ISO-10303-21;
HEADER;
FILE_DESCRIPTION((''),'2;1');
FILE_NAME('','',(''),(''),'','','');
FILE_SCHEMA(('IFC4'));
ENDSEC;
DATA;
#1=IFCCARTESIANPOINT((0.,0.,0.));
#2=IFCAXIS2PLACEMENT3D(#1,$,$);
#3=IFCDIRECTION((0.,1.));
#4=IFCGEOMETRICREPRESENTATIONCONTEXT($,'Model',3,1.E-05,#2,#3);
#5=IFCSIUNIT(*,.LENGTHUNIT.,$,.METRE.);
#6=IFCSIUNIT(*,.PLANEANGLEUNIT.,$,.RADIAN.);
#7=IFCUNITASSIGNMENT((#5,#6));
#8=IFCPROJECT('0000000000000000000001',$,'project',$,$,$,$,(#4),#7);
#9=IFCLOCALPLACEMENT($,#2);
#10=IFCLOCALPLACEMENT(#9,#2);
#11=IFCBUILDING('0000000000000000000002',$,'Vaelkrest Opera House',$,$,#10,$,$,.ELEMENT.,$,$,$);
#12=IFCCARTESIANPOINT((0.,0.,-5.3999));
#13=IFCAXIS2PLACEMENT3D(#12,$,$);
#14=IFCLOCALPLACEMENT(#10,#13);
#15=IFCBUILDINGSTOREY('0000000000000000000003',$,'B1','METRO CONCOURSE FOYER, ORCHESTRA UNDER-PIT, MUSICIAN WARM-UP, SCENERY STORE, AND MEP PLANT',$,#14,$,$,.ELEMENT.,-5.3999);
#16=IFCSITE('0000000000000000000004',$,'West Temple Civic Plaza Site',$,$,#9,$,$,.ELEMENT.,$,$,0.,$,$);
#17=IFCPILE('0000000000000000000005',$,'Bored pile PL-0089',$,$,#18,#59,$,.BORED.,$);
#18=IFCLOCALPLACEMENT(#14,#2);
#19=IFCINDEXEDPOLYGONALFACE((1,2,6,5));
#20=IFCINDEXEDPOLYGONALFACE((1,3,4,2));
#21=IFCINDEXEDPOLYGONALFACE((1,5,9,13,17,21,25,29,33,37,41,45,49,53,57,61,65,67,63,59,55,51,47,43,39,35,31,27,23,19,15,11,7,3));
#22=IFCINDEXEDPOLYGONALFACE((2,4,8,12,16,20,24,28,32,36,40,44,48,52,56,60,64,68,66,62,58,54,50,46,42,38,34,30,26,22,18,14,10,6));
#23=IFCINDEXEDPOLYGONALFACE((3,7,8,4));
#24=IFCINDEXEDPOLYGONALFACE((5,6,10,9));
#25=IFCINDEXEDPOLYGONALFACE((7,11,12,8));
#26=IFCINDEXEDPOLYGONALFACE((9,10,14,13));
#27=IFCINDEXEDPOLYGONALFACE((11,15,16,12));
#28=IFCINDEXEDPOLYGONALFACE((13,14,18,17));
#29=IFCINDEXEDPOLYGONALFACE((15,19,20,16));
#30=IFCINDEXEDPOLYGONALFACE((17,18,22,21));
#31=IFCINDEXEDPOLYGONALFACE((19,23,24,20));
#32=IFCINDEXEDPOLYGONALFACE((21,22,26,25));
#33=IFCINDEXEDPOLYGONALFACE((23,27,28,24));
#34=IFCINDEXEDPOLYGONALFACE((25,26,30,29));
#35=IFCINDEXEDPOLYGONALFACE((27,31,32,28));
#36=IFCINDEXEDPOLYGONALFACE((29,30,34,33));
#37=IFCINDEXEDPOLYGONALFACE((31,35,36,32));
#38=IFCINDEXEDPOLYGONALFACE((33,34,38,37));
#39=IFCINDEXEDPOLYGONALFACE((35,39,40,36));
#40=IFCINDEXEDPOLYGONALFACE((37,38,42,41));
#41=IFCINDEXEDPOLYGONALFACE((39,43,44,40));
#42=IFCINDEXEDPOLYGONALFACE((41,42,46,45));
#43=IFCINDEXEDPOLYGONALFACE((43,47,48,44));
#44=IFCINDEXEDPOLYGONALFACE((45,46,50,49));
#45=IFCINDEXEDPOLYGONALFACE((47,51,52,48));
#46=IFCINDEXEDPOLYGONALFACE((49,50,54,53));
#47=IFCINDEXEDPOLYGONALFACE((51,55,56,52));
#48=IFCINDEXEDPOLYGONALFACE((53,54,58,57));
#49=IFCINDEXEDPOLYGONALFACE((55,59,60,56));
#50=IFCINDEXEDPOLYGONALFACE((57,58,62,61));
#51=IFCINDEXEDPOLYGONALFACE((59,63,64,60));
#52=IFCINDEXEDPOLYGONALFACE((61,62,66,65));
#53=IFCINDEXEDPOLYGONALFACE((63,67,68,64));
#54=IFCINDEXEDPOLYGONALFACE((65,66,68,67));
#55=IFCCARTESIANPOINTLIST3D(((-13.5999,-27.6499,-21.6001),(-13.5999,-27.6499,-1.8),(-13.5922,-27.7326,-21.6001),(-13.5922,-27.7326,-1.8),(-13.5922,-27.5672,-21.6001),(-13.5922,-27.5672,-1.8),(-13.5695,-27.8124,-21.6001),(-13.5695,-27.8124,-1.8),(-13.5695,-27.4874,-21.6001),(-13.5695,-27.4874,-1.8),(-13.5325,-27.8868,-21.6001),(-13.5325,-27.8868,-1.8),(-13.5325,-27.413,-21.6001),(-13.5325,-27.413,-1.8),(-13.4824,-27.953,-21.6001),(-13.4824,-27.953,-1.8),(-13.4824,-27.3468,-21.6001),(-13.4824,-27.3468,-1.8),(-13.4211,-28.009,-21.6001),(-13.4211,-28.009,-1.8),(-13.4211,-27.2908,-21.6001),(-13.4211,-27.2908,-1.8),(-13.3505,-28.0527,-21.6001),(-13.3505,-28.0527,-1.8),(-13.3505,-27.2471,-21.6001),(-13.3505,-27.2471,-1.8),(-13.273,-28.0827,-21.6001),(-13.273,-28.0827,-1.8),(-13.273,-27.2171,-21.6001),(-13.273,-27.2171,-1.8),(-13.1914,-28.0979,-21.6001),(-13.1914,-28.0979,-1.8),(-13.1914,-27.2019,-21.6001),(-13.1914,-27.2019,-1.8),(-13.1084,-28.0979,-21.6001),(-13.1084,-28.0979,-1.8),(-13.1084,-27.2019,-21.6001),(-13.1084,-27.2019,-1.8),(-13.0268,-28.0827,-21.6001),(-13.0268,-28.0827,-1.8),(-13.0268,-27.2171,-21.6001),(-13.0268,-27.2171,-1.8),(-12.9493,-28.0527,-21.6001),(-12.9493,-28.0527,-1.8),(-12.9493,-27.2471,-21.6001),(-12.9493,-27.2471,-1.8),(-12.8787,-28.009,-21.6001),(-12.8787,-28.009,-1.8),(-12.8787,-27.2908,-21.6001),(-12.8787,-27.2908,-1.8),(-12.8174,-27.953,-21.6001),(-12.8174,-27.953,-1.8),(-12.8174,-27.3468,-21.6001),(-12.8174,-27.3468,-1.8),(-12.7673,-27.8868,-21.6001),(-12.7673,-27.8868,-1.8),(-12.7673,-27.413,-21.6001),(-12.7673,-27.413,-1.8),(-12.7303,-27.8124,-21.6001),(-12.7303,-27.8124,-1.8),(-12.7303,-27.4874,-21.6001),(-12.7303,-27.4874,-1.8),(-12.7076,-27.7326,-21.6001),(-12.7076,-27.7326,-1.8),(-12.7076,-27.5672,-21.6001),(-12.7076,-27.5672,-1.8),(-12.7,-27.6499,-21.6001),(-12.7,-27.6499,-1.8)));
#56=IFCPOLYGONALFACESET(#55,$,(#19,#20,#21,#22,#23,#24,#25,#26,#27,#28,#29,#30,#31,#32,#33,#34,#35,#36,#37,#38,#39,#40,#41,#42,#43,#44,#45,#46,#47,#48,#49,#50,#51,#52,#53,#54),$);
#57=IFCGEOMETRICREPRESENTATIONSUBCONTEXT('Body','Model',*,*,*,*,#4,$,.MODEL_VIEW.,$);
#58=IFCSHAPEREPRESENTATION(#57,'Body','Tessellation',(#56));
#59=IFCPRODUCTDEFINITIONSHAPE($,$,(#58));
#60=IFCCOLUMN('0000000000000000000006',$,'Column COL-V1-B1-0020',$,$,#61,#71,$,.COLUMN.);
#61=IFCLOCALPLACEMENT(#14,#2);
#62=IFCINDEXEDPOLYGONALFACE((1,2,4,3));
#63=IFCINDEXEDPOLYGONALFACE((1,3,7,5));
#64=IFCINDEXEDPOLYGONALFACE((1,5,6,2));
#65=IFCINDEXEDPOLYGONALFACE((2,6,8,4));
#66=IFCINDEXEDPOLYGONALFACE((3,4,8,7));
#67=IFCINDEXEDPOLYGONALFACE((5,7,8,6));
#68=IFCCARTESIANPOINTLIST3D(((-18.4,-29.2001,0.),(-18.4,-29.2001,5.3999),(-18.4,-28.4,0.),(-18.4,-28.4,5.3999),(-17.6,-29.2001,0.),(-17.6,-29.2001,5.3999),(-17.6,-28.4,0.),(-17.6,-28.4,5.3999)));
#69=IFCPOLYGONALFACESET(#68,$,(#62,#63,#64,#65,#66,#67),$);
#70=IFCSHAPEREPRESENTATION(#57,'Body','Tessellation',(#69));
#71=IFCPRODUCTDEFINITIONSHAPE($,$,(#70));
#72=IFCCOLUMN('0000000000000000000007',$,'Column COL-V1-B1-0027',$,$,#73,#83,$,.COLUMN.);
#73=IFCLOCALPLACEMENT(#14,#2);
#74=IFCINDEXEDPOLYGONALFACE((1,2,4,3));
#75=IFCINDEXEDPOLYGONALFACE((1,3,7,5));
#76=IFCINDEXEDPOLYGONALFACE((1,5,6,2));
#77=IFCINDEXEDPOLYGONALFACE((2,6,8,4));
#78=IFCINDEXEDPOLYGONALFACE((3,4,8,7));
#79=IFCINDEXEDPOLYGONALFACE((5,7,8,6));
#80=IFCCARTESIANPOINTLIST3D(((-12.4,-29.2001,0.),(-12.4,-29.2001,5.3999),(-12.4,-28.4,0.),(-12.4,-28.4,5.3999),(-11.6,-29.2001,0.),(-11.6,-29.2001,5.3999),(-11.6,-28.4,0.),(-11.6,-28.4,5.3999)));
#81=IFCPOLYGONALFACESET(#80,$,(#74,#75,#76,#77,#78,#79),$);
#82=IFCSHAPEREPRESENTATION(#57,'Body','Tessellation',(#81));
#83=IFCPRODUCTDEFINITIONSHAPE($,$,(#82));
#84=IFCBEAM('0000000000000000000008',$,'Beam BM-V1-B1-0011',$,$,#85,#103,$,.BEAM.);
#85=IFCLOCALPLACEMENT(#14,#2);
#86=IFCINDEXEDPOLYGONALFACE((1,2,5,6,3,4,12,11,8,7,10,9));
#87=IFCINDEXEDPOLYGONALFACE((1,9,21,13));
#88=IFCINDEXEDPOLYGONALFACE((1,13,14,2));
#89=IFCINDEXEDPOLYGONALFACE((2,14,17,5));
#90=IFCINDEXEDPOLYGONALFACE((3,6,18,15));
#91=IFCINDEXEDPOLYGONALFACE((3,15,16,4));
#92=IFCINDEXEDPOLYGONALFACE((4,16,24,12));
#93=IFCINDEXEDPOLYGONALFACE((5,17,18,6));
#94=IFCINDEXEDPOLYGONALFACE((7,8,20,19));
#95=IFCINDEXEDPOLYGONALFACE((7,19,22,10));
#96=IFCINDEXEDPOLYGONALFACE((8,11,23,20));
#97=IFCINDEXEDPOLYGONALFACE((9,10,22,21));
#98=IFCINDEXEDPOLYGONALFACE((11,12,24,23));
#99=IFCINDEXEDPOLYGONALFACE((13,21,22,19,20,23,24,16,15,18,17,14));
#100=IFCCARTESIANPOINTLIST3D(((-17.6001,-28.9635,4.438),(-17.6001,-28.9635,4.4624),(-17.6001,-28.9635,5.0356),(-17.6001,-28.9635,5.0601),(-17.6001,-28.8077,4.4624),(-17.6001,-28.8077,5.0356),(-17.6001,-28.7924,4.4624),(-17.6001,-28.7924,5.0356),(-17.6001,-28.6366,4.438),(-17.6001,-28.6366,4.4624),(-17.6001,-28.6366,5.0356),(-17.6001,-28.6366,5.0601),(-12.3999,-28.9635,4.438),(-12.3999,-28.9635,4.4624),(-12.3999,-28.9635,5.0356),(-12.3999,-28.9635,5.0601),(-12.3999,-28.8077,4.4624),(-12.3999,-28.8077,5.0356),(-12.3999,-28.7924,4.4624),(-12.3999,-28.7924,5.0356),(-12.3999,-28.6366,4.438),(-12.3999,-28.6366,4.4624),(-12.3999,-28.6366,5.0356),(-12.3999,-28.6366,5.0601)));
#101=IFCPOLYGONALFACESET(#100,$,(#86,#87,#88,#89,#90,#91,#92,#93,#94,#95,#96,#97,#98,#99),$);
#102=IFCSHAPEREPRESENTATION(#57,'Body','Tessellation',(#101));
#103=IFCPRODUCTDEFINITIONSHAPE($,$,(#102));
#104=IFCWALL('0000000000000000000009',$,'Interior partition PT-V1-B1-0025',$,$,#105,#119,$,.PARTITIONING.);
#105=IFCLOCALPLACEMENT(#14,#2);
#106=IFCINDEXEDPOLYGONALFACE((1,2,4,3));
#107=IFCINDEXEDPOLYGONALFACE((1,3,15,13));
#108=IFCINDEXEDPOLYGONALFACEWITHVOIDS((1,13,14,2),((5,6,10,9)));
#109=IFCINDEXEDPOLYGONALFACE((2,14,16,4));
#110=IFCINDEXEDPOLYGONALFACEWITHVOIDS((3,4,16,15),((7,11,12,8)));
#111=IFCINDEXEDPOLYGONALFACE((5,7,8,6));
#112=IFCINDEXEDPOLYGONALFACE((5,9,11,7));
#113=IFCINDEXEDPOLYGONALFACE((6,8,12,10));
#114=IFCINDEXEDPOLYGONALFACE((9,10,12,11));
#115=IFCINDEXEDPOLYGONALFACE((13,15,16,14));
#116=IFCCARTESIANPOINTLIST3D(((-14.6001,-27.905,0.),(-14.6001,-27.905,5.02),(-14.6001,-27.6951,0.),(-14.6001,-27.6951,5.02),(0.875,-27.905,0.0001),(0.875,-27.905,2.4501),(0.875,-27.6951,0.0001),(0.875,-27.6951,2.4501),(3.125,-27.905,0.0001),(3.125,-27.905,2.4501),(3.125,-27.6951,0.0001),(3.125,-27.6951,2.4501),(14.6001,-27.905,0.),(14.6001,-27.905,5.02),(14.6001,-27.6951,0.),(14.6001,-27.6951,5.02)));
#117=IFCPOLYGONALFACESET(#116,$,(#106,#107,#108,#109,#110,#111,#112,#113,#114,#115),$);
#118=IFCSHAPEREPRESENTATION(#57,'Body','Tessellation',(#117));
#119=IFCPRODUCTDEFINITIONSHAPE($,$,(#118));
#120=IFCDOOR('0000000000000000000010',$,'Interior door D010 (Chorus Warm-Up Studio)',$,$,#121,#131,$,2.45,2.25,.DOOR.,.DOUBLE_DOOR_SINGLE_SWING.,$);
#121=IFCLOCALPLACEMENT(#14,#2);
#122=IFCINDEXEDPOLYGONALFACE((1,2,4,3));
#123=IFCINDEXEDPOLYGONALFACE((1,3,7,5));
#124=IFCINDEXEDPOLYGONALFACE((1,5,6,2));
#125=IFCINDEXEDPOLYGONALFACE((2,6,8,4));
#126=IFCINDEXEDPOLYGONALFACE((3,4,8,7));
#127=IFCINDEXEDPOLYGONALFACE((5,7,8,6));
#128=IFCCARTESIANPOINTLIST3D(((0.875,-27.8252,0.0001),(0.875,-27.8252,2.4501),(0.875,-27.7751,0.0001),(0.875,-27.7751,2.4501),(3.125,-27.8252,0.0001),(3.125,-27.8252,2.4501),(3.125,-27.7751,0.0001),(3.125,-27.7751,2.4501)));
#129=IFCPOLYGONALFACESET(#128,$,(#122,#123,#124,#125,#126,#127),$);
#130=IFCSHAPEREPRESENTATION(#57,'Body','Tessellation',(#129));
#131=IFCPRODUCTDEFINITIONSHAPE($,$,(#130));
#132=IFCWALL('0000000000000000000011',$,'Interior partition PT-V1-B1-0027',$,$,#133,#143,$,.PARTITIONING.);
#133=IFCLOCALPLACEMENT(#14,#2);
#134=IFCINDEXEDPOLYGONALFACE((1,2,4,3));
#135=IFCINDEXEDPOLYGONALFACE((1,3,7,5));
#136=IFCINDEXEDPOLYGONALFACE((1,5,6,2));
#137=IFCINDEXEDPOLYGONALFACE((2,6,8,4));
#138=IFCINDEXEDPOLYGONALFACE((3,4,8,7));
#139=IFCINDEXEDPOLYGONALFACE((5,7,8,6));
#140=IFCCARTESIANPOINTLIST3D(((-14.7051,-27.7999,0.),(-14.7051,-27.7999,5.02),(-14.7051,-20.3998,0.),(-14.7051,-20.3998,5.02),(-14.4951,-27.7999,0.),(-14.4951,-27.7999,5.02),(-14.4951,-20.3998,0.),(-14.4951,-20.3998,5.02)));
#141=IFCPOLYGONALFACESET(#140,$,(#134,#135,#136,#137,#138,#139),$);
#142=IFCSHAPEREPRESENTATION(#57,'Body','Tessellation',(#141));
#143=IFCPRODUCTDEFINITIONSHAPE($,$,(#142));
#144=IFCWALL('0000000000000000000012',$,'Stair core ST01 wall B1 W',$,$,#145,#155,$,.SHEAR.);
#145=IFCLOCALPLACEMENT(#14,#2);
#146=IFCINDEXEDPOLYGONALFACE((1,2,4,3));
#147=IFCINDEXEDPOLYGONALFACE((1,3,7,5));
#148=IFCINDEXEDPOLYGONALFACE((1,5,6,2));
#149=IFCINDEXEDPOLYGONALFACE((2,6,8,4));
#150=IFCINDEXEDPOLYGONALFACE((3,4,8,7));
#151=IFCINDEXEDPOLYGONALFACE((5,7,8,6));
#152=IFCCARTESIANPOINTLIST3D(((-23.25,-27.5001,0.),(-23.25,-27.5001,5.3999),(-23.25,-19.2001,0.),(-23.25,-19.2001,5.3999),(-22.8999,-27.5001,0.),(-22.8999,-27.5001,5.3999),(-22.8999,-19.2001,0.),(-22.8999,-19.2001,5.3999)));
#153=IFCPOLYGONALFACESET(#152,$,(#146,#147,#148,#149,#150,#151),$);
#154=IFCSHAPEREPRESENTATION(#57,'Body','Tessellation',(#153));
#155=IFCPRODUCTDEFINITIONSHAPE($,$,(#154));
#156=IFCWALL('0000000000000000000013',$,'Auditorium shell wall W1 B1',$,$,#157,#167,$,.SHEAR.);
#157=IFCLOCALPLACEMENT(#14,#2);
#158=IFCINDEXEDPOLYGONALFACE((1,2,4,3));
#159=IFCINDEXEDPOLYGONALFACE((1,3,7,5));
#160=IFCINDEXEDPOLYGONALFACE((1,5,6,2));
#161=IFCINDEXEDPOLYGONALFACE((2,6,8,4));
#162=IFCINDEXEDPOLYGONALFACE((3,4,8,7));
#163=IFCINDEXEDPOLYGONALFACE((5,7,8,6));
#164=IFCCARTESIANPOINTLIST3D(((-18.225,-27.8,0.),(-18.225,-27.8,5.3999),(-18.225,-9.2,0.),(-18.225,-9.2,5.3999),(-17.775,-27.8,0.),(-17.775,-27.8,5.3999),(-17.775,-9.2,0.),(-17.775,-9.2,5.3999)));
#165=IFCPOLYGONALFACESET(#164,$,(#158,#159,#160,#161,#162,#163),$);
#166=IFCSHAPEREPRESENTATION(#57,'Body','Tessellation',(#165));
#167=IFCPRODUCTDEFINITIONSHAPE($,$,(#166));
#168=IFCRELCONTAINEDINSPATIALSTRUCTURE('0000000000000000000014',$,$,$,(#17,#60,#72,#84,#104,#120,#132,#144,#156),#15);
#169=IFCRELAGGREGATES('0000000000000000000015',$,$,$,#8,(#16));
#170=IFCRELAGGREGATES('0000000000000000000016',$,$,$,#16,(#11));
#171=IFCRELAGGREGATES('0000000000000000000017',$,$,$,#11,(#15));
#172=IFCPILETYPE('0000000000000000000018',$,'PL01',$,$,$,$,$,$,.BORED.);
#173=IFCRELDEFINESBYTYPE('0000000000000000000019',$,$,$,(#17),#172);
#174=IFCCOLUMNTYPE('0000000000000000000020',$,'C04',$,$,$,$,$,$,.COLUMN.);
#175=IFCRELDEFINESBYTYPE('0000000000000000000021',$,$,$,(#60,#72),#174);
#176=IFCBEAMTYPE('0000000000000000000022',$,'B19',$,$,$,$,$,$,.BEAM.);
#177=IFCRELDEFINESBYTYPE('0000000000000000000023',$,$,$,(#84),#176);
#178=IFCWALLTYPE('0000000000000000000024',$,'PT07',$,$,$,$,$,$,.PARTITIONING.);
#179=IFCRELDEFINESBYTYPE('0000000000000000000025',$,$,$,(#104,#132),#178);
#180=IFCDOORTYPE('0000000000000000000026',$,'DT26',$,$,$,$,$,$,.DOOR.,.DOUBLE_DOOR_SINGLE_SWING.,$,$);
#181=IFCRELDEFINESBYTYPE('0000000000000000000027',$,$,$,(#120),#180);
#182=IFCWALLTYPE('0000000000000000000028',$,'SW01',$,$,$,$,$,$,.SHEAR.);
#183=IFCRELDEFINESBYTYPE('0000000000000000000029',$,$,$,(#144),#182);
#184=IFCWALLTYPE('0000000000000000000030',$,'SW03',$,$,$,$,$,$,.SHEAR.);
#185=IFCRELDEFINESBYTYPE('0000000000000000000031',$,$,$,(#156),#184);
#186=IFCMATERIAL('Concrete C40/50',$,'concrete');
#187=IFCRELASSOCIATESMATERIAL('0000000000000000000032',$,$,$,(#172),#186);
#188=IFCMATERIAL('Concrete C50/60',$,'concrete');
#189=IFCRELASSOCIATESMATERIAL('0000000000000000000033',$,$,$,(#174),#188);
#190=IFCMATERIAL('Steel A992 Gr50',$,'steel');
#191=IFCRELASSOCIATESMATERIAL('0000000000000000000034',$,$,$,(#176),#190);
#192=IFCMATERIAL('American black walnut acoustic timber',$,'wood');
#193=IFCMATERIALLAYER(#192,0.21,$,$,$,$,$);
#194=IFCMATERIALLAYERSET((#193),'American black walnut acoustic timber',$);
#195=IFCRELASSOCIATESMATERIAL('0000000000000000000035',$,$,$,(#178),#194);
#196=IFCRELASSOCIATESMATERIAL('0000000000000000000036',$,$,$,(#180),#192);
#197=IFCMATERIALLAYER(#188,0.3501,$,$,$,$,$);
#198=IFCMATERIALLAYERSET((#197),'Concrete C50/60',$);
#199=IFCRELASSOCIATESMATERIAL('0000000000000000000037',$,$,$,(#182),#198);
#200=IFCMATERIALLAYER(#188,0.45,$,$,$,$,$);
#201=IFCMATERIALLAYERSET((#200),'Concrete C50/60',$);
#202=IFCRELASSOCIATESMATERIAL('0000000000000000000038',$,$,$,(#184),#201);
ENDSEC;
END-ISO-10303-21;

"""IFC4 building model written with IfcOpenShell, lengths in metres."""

from ifc_helpers import new_model, si_unit, direction, frame, frame_2d, origin, origin_2d, place, context, subcontext, project, spatial, rectangle, circle, i_section, extrude, material, layer, layer_set, material_profile, profile_set, type_object, element, fill, save


model = new_model("IFC4")

# Units and contexts
model_context = context("Model", 3, precision=1e-05, world=origin(), true_north=direction((0.0, 1.0)))
body_context = subcontext(model_context, "Body", "Model", "MODEL_VIEW")
ifc_project = project(units=[si_unit("LENGTHUNIT", "METRE"), si_unit("PLANEANGLEUNIT", "RADIAN")], contexts=[model_context])

# Site, building, storey
site_placement = place(None, origin())
site = spatial("IfcSite", under=ifc_project, at=site_placement, Name="West Temple Civic Plaza Site", CompositionType="ELEMENT", RefElevation=0.0)
building_placement = place(site_placement, origin())
building = spatial("IfcBuilding", under=site, at=building_placement, Name="Vaelkrest Opera House", CompositionType="ELEMENT")
storey_placement = place(building_placement, frame((0.0, 0.0, -5.3999)))
storey = spatial("IfcBuildingStorey", under=building, at=storey_placement, Name="B1", Description="METRO CONCOURSE FOYER, ORCHESTRA UNDER-PIT, MUSICIAN WARM-UP, SCENERY STORE, AND MEP PLANT", CompositionType="ELEMENT", Elevation=-5.3999)

# Shared definitions
ifc_material_1 = material(Name="Concrete C40/50", Category="concrete")

# Pile
ifc_material_profile_1 = material_profile(ifc_material_1, circle(Radius=0.45, at=origin_2d()), Name="PILE900")
ifc_profile_set_1 = profile_set([ifc_material_profile_1], Name="Concrete C40/50")
pile_type = type_object("IfcPileType", Name="PL01", PredefinedType="BORED", material=ifc_profile_set_1)
for number, where, z_axis, x_axis, name in (
    (1, (-13.1499, -27.6499, -1.8), (0.0, 0.0, -1.0), (1.0, 0.0, 0.0), "Bored pile PL-0089"),
):
    element("IfcPile", number, at=place(storey_placement, frame(where, z_axis=z_axis, x_axis=x_axis)), inside=storey, type_object=pile_type, Name=name, PredefinedType="BORED", context=body_context, shape_type="SweptSolid", body=[
        extrude(circle(Radius=0.45, at=origin_2d()), origin(), (0.0, 0.0, 1.0), 19.8),
    ])

# Columns
ifc_material_2 = material(Name="Concrete C50/60", Category="concrete")
ifc_material_profile_2 = material_profile(ifc_material_2, rectangle(XDim=0.8, YDim=0.8, at=origin_2d()), Name="RC800X800")
ifc_profile_set_2 = profile_set([ifc_material_profile_2], Name="Concrete C50/60")
column_type = type_object("IfcColumnType", Name="C04", PredefinedType="COLUMN", material=ifc_profile_set_2)
for number, where, z_axis, x_axis, name in (
    (2, (-18.0, -28.8, 0.0), (0.0, 0.0, 1.0), (1.0, 0.0, 0.0), "Column COL-V1-B1-0020"),
    (3, (-12.0, -28.8, 0.0), (0.0, 0.0, 1.0), (1.0, 0.0, 0.0), "Column COL-V1-B1-0027"),
):
    element("IfcColumn", number, at=place(storey_placement, frame(where, z_axis=z_axis, x_axis=x_axis)), inside=storey, type_object=column_type, Name=name, PredefinedType="COLUMN", context=body_context, shape_type="SweptSolid", body=[
        extrude(rectangle(XDim=0.8, YDim=0.8, at=origin_2d()), origin(), (0.0, 0.0, 1.0), 5.3999),
    ])

# Beam
ifc_material_3 = material(Name="Steel A992 Gr50", Category="steel")
ifc_material_profile_3 = material_profile(ifc_material_3, i_section(OverallWidth=0.3269, OverallDepth=0.6221, WebThickness=0.0154, FlangeThickness=0.0244, at=origin_2d()), Name="W24X131")
ifc_profile_set_3 = profile_set([ifc_material_profile_3], Name="Steel A992 Gr50")
beam_type = type_object("IfcBeamType", Name="B19", PredefinedType="BEAM", material=ifc_profile_set_3)
beam_placement = place(storey_placement, frame((-17.6001, -28.8, 4.749), z_axis=(1.0, 0.0, 0.0), x_axis=(0.0, 1.0, 0.0)))
element("IfcBeam", 4, at=beam_placement, inside=storey, type_object=beam_type, Name="Beam BM-V1-B1-0011", PredefinedType="BEAM", context=body_context, shape_type="SweptSolid", body=[
    extrude(i_section(OverallWidth=0.3269, OverallDepth=0.6221, WebThickness=0.0154, FlangeThickness=0.0244, at=origin_2d()), origin(), (0.0, 0.0, 1.0), 5.2002),
])

# Wall, opening, door
ifc_material_4 = material(Name="American black walnut acoustic timber", Category="wood")
ifc_layer_1 = layer(ifc_material_4, 0.21)
ifc_layer_set_1 = layer_set([ifc_layer_1], Name="American black walnut acoustic timber")
wall_type_1 = type_object("IfcWallType", Name="PT07", PredefinedType="PARTITIONING", material=ifc_layer_set_1)
wall_1_placement = place(storey_placement, frame((-14.6001, -27.8, 0.0), z_axis=(0.0, 0.0, 1.0), x_axis=(1.0, 0.0, 0.0)))
wall_1 = element("IfcWall", 5, at=wall_1_placement, inside=storey, type_object=wall_type_1, Name="Interior partition PT-V1-B1-0025", PredefinedType="PARTITIONING", context=body_context, shape_type="SweptSolid", body=[
    extrude(rectangle(XDim=29.2002, YDim=0.21, at=frame_2d((14.6001, 0.0))), origin(), (0.0, 0.0, 1.0), 5.02),
])
opening_1_placement = place(wall_1_placement, frame((15.4751, 0.0, 0.0)))
opening_1 = element("IfcOpeningElement", 6, at=opening_1_placement, cuts=wall_1, PredefinedType="OPENING", context=body_context, shape_type="SweptSolid", body=[
    extrude(rectangle(XDim=2.25, YDim=2.45, at=frame_2d((1.125, 1.2251))), frame((0.0, 0.115, 0.0), z_axis=(0.0, -1.0, 0.0), x_axis=(1.0, 0.0, 0.0)), (0.0, 0.0, 1.0), 0.23),
])
door_type_1 = type_object("IfcDoorType", Name="DT26", OperationType="DOUBLE_DOOR_SINGLE_SWING", PredefinedType="DOOR", material=ifc_material_4)
door_1_placement = place(opening_1_placement, origin())
door_1 = element("IfcDoor", 7, at=door_1_placement, inside=storey, type_object=door_type_1, Name="Interior door D010 (Chorus Warm-Up Studio)", OperationType="DOUBLE_DOOR_SINGLE_SWING", OverallHeight=2.45, OverallWidth=2.25, PredefinedType="DOOR", context=body_context, shape_type="SweptSolid", body=[
    extrude(rectangle(XDim=2.25, YDim=2.45, at=frame_2d((1.125, 1.2251))), frame((0.0, 0.0249, 0.0), z_axis=(0.0, -1.0, 0.0), x_axis=(1.0, 0.0, 0.0)), (0.0, 0.0, 1.0), 0.05),
])
fill(opening_1, door_1)

# Wall
wall_2_placement = place(storey_placement, frame((-14.6001, -27.8, 0.0), z_axis=(0.0, 0.0, 1.0), x_axis=(0.0, 1.0, 0.0)))
element("IfcWall", 8, at=wall_2_placement, inside=storey, type_object=wall_type_1, Name="Interior partition PT-V1-B1-0027", PredefinedType="PARTITIONING", context=body_context, shape_type="SweptSolid", body=[
    extrude(rectangle(XDim=7.4001, YDim=0.21, at=frame_2d((3.7002, 0.0))), origin(), (0.0, 0.0, 1.0), 5.02),
])

# Shared definitions
ifc_layer_2 = layer(ifc_material_2, 0.3501)
ifc_layer_set_2 = layer_set([ifc_layer_2], Name="Concrete C50/60")
wall_type_2 = type_object("IfcWallType", Name="SW01", PredefinedType="SHEAR", material=ifc_layer_set_2)

# Walls
wall_3_placement = place(storey_placement, frame((-23.075, -27.5, 0.0), z_axis=(0.0, 0.0, 1.0), x_axis=(0.0, 1.0, 0.0)))
element("IfcWall", 9, at=wall_3_placement, inside=storey, type_object=wall_type_2, Name="Stair core ST01 wall B1 W", PredefinedType="SHEAR", context=body_context, shape_type="SweptSolid", body=[
    extrude(rectangle(XDim=8.3, YDim=0.3501, at=frame_2d((4.1499, 0.0))), origin(), (0.0, 0.0, 1.0), 5.3999),
])
ifc_layer_3 = layer(ifc_material_2, 0.45)
ifc_layer_set_3 = layer_set([ifc_layer_3], Name="Concrete C50/60")
wall_type_3 = type_object("IfcWallType", Name="SW03", PredefinedType="SHEAR", material=ifc_layer_set_3)
wall_4_placement = place(storey_placement, frame((-18.0, -27.8, 0.0), z_axis=(0.0, 0.0, 1.0), x_axis=(0.0, 1.0, 0.0)))
element("IfcWall", 10, at=wall_4_placement, inside=storey, type_object=wall_type_3, Name="Auditorium shell wall W1 B1", PredefinedType="SHEAR", context=body_context, shape_type="SweptSolid", body=[
    extrude(rectangle(XDim=18.6001, YDim=0.45, at=frame_2d((9.3, 0.0))), origin(), (0.0, 0.0, 1.0), 5.3999),
])

save(model, "model.ifc")
